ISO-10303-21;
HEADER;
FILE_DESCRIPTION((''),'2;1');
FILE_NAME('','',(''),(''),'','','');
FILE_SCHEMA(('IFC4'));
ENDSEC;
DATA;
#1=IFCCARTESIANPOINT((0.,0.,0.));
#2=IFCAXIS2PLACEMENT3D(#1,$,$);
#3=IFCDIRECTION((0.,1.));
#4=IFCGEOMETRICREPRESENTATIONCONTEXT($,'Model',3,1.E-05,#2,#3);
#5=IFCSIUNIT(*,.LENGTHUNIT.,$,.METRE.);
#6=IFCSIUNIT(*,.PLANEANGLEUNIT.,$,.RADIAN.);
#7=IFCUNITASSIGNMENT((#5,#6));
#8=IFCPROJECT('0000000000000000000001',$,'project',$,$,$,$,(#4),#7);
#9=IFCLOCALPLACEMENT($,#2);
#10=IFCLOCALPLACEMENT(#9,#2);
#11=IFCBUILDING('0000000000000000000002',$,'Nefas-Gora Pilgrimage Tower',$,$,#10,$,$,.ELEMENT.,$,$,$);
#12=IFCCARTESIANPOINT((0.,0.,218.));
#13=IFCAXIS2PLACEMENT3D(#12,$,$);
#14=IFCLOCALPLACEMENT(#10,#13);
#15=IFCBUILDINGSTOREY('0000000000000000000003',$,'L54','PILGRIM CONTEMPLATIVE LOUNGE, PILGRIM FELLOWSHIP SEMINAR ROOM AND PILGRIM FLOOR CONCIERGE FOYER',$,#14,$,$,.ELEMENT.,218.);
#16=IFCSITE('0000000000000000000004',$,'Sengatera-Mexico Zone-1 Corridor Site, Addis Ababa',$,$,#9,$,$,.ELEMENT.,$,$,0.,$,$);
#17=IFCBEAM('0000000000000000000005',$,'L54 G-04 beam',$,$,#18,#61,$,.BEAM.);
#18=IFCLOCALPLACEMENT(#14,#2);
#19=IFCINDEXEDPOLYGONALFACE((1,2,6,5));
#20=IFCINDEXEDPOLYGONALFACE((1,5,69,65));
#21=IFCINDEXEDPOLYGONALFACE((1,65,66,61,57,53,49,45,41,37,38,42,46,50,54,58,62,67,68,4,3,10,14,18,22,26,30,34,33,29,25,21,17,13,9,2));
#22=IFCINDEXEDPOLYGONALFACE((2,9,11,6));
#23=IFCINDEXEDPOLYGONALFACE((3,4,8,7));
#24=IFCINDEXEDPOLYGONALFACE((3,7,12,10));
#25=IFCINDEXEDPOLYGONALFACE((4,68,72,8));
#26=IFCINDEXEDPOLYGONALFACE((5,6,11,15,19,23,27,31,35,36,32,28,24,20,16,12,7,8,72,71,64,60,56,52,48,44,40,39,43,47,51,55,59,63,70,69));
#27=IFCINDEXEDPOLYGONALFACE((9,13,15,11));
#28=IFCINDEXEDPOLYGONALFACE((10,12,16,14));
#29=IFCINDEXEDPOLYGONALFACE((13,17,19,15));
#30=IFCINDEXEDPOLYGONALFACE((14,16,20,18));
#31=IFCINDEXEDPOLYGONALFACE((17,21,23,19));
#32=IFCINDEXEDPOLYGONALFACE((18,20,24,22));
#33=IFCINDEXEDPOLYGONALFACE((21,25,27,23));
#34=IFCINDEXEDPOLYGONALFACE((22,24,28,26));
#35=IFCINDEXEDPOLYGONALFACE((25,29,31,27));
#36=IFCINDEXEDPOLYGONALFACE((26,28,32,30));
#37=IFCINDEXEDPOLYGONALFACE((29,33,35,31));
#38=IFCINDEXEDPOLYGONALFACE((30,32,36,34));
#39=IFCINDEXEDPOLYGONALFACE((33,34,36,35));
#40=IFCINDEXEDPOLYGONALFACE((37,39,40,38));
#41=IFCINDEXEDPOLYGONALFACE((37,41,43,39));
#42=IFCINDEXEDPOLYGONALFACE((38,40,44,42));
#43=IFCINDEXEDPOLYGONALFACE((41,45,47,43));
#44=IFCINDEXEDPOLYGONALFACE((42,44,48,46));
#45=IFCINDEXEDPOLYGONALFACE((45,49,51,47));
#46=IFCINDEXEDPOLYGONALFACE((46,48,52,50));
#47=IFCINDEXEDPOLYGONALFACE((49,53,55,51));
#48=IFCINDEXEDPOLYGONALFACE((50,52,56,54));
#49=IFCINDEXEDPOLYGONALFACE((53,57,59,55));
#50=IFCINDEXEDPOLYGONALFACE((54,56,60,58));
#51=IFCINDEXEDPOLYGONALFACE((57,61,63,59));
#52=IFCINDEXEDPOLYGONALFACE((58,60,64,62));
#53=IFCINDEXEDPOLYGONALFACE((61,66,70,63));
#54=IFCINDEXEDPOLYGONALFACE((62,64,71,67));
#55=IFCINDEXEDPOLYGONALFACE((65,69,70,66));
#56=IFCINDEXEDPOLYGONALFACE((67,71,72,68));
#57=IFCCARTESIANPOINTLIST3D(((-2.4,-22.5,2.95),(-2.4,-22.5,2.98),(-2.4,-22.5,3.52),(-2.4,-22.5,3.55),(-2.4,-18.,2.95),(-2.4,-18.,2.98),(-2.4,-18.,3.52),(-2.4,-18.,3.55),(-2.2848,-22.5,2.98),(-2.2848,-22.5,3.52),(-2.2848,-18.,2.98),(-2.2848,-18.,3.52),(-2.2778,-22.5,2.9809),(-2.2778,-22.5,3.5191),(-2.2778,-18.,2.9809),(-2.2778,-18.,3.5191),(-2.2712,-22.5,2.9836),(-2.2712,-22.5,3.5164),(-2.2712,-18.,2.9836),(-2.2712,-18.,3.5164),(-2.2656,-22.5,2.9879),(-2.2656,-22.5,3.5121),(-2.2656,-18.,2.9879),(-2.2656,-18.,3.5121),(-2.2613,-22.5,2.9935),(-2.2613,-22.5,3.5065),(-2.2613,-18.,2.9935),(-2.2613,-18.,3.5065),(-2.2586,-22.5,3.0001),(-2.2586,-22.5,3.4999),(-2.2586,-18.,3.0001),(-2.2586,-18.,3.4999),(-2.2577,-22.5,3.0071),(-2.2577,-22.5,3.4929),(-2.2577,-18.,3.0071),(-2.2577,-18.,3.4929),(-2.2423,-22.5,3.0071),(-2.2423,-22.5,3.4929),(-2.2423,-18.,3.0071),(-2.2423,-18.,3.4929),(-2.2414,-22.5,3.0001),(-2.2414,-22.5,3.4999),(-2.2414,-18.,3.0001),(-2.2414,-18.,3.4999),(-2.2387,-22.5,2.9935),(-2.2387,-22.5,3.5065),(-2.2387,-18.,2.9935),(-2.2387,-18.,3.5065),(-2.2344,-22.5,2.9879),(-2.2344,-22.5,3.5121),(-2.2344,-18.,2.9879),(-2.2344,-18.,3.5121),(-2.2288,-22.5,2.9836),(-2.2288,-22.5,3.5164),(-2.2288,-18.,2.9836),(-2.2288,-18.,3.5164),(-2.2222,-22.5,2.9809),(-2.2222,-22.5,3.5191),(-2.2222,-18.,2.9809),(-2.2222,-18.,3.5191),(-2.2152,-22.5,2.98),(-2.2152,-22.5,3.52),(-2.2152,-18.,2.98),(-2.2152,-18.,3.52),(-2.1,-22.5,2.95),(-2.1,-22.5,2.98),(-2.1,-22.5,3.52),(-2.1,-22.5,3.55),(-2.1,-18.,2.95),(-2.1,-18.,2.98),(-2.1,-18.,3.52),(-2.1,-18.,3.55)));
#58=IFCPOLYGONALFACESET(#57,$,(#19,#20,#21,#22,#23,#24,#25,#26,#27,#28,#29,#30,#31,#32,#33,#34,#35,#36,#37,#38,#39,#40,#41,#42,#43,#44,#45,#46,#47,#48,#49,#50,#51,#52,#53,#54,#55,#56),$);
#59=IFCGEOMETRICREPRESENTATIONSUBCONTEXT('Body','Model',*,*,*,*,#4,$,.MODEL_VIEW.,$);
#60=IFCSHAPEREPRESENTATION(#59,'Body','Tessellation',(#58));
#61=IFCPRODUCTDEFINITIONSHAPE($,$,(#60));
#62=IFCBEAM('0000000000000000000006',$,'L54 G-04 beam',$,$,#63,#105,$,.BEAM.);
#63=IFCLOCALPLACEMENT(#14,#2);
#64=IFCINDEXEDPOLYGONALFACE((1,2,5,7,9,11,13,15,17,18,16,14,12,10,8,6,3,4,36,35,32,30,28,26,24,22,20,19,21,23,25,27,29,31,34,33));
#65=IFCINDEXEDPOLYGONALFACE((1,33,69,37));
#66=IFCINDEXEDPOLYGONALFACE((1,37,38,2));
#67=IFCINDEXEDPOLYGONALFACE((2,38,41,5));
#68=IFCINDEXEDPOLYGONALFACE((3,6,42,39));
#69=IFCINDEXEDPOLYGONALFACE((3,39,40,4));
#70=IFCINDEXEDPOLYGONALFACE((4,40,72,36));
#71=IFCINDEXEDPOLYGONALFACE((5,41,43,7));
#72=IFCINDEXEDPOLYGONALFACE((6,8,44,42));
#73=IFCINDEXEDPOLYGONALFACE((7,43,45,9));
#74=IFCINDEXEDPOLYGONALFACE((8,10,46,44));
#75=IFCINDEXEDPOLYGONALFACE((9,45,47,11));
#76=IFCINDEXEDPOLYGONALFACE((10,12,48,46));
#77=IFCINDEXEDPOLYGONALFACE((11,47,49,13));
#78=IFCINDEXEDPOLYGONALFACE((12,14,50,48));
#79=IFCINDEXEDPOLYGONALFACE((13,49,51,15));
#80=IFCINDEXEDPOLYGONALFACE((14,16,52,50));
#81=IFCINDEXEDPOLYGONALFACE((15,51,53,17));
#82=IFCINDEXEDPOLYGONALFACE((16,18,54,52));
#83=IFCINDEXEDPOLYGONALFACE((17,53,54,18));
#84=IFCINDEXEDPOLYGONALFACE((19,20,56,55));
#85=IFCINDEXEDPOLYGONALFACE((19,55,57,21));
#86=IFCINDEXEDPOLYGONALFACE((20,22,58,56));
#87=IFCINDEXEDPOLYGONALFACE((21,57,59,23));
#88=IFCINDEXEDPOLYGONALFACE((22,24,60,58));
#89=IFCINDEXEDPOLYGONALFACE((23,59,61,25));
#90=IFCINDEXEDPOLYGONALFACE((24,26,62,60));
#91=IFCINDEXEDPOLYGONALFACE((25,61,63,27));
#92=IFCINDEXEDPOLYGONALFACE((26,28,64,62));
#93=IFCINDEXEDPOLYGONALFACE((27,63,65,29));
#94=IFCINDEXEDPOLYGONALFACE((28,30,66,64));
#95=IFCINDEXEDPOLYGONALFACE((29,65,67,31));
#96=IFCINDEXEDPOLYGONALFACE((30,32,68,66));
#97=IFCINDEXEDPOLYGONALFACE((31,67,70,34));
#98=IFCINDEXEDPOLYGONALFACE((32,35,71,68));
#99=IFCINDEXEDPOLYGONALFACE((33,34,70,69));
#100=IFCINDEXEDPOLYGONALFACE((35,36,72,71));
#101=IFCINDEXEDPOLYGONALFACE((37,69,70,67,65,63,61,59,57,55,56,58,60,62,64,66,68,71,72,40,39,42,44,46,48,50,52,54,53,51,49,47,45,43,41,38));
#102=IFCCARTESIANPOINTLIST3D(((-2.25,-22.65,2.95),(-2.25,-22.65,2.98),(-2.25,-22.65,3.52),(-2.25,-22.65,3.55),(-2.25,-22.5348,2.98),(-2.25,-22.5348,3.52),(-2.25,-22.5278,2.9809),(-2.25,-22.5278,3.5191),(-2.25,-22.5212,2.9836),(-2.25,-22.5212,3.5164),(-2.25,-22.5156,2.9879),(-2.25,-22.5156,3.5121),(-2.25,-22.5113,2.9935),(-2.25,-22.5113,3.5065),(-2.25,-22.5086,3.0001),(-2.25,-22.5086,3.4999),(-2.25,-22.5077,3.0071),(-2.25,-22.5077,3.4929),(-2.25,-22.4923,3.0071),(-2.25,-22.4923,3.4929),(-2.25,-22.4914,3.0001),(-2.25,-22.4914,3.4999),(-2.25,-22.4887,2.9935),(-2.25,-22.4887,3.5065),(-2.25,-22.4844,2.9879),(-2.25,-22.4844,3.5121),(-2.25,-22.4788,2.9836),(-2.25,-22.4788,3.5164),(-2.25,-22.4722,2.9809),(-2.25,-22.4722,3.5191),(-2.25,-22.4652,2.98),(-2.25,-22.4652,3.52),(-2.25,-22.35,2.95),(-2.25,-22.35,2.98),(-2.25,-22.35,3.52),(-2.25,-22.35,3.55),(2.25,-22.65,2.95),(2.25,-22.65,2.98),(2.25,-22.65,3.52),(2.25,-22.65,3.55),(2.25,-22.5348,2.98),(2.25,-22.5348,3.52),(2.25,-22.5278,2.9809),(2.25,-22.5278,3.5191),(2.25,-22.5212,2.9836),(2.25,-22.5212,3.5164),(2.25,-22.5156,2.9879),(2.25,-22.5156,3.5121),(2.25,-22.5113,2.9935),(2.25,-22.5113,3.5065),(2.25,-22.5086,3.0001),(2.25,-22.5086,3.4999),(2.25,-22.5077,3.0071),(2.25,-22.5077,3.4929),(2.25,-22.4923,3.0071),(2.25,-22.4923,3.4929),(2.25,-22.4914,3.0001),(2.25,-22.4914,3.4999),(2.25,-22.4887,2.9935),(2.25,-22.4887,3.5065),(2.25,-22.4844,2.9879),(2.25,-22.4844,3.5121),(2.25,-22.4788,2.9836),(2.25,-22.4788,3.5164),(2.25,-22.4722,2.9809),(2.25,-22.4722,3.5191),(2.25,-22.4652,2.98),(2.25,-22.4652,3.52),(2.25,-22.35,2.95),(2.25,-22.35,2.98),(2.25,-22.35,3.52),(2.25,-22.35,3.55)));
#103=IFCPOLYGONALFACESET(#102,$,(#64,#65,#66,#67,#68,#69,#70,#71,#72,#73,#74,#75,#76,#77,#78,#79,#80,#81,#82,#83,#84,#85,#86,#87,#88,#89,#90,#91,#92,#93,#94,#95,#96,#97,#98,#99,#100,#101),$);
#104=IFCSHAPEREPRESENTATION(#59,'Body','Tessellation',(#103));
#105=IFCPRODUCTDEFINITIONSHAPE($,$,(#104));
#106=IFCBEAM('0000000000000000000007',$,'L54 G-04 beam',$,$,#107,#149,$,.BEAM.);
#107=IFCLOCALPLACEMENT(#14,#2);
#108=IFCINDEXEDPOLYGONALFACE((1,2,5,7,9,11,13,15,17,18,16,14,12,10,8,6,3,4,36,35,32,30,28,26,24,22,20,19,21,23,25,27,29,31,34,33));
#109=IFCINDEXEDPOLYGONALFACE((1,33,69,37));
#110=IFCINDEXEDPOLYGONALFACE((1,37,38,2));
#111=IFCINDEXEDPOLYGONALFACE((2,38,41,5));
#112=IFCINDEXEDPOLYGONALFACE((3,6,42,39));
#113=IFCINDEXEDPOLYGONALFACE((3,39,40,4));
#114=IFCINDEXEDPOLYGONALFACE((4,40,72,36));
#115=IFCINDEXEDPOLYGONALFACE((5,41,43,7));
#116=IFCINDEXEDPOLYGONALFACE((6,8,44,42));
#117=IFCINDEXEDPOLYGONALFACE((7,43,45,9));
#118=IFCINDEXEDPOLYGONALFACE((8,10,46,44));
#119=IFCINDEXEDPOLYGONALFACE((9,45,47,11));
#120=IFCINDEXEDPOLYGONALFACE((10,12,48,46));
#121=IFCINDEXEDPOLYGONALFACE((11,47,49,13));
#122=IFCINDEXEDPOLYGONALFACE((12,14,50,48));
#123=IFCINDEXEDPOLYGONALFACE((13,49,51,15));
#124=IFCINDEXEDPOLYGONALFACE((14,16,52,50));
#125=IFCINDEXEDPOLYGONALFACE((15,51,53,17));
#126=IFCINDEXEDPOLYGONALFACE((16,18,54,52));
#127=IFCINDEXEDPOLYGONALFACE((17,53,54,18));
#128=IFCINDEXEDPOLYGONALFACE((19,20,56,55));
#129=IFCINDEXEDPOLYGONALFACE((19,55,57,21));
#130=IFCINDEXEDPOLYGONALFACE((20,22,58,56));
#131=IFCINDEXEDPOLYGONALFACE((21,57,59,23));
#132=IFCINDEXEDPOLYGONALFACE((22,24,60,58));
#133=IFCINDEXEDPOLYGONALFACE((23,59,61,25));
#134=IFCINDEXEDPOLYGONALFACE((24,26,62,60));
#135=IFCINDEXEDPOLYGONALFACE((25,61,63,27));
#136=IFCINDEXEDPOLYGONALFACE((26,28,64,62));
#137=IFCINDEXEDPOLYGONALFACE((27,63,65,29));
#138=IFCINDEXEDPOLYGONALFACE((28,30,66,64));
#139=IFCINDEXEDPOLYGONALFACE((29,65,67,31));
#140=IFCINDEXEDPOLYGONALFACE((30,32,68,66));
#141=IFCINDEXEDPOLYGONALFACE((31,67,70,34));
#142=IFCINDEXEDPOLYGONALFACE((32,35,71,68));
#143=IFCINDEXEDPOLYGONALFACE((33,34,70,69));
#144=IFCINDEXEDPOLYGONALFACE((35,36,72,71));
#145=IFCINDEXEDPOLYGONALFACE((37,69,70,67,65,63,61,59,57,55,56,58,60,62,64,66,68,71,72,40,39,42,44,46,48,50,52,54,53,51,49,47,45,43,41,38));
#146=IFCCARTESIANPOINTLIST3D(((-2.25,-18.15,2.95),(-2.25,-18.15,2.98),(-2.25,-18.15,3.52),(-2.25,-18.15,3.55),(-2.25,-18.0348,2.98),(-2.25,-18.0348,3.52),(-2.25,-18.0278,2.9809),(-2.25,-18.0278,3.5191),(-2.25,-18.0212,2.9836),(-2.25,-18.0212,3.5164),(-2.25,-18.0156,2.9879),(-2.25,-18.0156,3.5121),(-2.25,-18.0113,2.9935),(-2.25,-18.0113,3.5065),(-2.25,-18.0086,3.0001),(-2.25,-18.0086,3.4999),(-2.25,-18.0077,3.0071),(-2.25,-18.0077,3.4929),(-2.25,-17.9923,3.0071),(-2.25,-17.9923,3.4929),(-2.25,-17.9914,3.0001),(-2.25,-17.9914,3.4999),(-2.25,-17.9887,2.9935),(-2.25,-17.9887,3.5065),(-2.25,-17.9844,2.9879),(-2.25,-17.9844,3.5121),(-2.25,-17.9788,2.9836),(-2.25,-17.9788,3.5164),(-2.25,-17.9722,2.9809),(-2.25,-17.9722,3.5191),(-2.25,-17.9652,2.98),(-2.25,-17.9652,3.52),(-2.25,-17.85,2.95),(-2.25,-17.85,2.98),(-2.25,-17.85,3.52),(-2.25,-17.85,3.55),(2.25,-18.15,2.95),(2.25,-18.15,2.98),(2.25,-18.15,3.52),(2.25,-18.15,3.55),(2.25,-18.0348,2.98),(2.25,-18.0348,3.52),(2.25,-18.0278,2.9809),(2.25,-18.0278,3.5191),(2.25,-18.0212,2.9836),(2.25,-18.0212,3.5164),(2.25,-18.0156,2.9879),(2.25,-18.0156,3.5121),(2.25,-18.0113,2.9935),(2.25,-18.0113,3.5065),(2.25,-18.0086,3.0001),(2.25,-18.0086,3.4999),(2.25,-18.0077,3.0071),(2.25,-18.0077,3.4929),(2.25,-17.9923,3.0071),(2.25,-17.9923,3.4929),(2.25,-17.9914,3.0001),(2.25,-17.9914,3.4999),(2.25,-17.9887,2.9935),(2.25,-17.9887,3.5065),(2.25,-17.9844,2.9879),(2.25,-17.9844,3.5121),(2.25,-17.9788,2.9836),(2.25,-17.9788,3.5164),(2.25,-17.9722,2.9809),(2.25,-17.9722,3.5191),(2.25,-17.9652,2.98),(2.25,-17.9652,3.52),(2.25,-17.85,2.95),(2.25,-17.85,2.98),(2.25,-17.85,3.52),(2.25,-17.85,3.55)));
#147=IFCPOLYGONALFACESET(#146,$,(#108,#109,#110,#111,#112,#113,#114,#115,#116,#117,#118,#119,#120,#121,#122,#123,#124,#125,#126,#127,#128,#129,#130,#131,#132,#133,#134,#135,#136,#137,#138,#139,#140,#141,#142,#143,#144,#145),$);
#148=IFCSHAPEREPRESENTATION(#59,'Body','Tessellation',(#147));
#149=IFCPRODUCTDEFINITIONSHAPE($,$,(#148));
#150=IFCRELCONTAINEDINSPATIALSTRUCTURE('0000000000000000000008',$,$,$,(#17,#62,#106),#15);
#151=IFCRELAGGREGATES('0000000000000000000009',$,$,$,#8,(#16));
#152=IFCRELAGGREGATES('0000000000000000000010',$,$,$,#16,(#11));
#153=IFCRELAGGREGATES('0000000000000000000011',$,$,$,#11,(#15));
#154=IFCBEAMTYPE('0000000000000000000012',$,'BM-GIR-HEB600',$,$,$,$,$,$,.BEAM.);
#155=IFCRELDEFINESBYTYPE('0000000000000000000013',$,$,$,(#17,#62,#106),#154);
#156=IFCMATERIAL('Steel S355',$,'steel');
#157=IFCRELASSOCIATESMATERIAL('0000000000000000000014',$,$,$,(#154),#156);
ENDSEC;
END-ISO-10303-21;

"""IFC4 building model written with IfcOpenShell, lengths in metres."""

from ifc_helpers import new_model, si_unit, direction, frame, origin, origin_2d, place, context, subcontext, project, spatial, i_section, extrude, source, transform, mapped, material, material_profile, profile_set, type_object, element, save


model = new_model("IFC4")

# Units and contexts
model_context = context("Model", 3, precision=1e-05, world=origin(), true_north=direction((0.0, 1.0)))
body_context = subcontext(model_context, "Body", "Model", "MODEL_VIEW")
ifc_project = project(units=[si_unit("LENGTHUNIT", "METRE"), si_unit("PLANEANGLEUNIT", "RADIAN")], contexts=[model_context])

# Site, building, storey
site_placement = place(None, origin())
site = spatial("IfcSite", under=ifc_project, at=site_placement, Name="Sengatera-Mexico Zone-1 Corridor Site, Addis Ababa", CompositionType="ELEMENT", RefElevation=0.0)
building_placement = place(site_placement, origin())
building = spatial("IfcBuilding", under=site, at=building_placement, Name="Nefas-Gora Pilgrimage Tower", CompositionType="ELEMENT")
storey_placement = place(building_placement, frame((0.0, 0.0, 218.0)))
storey = spatial("IfcBuildingStorey", under=building, at=storey_placement, Name="L54", Description="PILGRIM CONTEMPLATIVE LOUNGE, PILGRIM FELLOWSHIP SEMINAR ROOM AND PILGRIM FLOOR CONCIERGE FOYER", CompositionType="ELEMENT", Elevation=218.0)

# Beams
ifc_material_1 = material(Name="Steel S355", Category="steel")
ifc_material_profile_1 = material_profile(ifc_material_1, i_section(OverallWidth=0.3, OverallDepth=0.6001, WebThickness=0.0154, FlangeThickness=0.03, FilletRadius=0.0271, at=origin_2d()), Name="HEB 600")
ifc_profile_set_1 = profile_set([ifc_material_profile_1], Name="Steel S355")
beam_type_1 = type_object("IfcBeamType", Name="BM-GIR-HEB600", PredefinedType="BEAM", material=ifc_profile_set_1)
shared_shape_1 = source(origin(), body_context, "Body", "SweptSolid", [
    extrude(i_section(OverallWidth=0.3, OverallDepth=0.6001, WebThickness=0.0154, FlangeThickness=0.03, FilletRadius=0.0271, at=origin_2d()), origin(), (0.0, 0.0, 1.0), 4.5),
])
for number, where, z_axis, x_axis, name in (
    (1, (-2.25, -22.5, 3.25), (0.0, 1.0, 0.0), (-1.0, 0.0, 0.0), "L54 G-04 beam"),
    (2, (-2.25, -22.5, 3.25), (1.0, 0.0, 0.0), (0.0, 1.0, 0.0), "L54 G-04 beam"),
    (3, (-2.25, -18.0, 3.25), (1.0, 0.0, 0.0), (0.0, 1.0, 0.0), "L54 G-04 beam"),
):
    element("IfcBeam", number, at=place(storey_placement, frame(where, z_axis=z_axis, x_axis=x_axis)), inside=storey, type_object=beam_type_1, Name=name, PredefinedType="BEAM", context=body_context, shape_type="MappedRepresentation", body=[
        mapped(shared_shape_1, transform((0.0, 0.0, 0.0), x_axis=(1.0, 0.0, 0.0), y_axis=(0.0, 1.0, 0.0), z_axis=(0.0, 0.0, 1.0), scale=1.0)),
    ])

save(model, "model.ifc")
